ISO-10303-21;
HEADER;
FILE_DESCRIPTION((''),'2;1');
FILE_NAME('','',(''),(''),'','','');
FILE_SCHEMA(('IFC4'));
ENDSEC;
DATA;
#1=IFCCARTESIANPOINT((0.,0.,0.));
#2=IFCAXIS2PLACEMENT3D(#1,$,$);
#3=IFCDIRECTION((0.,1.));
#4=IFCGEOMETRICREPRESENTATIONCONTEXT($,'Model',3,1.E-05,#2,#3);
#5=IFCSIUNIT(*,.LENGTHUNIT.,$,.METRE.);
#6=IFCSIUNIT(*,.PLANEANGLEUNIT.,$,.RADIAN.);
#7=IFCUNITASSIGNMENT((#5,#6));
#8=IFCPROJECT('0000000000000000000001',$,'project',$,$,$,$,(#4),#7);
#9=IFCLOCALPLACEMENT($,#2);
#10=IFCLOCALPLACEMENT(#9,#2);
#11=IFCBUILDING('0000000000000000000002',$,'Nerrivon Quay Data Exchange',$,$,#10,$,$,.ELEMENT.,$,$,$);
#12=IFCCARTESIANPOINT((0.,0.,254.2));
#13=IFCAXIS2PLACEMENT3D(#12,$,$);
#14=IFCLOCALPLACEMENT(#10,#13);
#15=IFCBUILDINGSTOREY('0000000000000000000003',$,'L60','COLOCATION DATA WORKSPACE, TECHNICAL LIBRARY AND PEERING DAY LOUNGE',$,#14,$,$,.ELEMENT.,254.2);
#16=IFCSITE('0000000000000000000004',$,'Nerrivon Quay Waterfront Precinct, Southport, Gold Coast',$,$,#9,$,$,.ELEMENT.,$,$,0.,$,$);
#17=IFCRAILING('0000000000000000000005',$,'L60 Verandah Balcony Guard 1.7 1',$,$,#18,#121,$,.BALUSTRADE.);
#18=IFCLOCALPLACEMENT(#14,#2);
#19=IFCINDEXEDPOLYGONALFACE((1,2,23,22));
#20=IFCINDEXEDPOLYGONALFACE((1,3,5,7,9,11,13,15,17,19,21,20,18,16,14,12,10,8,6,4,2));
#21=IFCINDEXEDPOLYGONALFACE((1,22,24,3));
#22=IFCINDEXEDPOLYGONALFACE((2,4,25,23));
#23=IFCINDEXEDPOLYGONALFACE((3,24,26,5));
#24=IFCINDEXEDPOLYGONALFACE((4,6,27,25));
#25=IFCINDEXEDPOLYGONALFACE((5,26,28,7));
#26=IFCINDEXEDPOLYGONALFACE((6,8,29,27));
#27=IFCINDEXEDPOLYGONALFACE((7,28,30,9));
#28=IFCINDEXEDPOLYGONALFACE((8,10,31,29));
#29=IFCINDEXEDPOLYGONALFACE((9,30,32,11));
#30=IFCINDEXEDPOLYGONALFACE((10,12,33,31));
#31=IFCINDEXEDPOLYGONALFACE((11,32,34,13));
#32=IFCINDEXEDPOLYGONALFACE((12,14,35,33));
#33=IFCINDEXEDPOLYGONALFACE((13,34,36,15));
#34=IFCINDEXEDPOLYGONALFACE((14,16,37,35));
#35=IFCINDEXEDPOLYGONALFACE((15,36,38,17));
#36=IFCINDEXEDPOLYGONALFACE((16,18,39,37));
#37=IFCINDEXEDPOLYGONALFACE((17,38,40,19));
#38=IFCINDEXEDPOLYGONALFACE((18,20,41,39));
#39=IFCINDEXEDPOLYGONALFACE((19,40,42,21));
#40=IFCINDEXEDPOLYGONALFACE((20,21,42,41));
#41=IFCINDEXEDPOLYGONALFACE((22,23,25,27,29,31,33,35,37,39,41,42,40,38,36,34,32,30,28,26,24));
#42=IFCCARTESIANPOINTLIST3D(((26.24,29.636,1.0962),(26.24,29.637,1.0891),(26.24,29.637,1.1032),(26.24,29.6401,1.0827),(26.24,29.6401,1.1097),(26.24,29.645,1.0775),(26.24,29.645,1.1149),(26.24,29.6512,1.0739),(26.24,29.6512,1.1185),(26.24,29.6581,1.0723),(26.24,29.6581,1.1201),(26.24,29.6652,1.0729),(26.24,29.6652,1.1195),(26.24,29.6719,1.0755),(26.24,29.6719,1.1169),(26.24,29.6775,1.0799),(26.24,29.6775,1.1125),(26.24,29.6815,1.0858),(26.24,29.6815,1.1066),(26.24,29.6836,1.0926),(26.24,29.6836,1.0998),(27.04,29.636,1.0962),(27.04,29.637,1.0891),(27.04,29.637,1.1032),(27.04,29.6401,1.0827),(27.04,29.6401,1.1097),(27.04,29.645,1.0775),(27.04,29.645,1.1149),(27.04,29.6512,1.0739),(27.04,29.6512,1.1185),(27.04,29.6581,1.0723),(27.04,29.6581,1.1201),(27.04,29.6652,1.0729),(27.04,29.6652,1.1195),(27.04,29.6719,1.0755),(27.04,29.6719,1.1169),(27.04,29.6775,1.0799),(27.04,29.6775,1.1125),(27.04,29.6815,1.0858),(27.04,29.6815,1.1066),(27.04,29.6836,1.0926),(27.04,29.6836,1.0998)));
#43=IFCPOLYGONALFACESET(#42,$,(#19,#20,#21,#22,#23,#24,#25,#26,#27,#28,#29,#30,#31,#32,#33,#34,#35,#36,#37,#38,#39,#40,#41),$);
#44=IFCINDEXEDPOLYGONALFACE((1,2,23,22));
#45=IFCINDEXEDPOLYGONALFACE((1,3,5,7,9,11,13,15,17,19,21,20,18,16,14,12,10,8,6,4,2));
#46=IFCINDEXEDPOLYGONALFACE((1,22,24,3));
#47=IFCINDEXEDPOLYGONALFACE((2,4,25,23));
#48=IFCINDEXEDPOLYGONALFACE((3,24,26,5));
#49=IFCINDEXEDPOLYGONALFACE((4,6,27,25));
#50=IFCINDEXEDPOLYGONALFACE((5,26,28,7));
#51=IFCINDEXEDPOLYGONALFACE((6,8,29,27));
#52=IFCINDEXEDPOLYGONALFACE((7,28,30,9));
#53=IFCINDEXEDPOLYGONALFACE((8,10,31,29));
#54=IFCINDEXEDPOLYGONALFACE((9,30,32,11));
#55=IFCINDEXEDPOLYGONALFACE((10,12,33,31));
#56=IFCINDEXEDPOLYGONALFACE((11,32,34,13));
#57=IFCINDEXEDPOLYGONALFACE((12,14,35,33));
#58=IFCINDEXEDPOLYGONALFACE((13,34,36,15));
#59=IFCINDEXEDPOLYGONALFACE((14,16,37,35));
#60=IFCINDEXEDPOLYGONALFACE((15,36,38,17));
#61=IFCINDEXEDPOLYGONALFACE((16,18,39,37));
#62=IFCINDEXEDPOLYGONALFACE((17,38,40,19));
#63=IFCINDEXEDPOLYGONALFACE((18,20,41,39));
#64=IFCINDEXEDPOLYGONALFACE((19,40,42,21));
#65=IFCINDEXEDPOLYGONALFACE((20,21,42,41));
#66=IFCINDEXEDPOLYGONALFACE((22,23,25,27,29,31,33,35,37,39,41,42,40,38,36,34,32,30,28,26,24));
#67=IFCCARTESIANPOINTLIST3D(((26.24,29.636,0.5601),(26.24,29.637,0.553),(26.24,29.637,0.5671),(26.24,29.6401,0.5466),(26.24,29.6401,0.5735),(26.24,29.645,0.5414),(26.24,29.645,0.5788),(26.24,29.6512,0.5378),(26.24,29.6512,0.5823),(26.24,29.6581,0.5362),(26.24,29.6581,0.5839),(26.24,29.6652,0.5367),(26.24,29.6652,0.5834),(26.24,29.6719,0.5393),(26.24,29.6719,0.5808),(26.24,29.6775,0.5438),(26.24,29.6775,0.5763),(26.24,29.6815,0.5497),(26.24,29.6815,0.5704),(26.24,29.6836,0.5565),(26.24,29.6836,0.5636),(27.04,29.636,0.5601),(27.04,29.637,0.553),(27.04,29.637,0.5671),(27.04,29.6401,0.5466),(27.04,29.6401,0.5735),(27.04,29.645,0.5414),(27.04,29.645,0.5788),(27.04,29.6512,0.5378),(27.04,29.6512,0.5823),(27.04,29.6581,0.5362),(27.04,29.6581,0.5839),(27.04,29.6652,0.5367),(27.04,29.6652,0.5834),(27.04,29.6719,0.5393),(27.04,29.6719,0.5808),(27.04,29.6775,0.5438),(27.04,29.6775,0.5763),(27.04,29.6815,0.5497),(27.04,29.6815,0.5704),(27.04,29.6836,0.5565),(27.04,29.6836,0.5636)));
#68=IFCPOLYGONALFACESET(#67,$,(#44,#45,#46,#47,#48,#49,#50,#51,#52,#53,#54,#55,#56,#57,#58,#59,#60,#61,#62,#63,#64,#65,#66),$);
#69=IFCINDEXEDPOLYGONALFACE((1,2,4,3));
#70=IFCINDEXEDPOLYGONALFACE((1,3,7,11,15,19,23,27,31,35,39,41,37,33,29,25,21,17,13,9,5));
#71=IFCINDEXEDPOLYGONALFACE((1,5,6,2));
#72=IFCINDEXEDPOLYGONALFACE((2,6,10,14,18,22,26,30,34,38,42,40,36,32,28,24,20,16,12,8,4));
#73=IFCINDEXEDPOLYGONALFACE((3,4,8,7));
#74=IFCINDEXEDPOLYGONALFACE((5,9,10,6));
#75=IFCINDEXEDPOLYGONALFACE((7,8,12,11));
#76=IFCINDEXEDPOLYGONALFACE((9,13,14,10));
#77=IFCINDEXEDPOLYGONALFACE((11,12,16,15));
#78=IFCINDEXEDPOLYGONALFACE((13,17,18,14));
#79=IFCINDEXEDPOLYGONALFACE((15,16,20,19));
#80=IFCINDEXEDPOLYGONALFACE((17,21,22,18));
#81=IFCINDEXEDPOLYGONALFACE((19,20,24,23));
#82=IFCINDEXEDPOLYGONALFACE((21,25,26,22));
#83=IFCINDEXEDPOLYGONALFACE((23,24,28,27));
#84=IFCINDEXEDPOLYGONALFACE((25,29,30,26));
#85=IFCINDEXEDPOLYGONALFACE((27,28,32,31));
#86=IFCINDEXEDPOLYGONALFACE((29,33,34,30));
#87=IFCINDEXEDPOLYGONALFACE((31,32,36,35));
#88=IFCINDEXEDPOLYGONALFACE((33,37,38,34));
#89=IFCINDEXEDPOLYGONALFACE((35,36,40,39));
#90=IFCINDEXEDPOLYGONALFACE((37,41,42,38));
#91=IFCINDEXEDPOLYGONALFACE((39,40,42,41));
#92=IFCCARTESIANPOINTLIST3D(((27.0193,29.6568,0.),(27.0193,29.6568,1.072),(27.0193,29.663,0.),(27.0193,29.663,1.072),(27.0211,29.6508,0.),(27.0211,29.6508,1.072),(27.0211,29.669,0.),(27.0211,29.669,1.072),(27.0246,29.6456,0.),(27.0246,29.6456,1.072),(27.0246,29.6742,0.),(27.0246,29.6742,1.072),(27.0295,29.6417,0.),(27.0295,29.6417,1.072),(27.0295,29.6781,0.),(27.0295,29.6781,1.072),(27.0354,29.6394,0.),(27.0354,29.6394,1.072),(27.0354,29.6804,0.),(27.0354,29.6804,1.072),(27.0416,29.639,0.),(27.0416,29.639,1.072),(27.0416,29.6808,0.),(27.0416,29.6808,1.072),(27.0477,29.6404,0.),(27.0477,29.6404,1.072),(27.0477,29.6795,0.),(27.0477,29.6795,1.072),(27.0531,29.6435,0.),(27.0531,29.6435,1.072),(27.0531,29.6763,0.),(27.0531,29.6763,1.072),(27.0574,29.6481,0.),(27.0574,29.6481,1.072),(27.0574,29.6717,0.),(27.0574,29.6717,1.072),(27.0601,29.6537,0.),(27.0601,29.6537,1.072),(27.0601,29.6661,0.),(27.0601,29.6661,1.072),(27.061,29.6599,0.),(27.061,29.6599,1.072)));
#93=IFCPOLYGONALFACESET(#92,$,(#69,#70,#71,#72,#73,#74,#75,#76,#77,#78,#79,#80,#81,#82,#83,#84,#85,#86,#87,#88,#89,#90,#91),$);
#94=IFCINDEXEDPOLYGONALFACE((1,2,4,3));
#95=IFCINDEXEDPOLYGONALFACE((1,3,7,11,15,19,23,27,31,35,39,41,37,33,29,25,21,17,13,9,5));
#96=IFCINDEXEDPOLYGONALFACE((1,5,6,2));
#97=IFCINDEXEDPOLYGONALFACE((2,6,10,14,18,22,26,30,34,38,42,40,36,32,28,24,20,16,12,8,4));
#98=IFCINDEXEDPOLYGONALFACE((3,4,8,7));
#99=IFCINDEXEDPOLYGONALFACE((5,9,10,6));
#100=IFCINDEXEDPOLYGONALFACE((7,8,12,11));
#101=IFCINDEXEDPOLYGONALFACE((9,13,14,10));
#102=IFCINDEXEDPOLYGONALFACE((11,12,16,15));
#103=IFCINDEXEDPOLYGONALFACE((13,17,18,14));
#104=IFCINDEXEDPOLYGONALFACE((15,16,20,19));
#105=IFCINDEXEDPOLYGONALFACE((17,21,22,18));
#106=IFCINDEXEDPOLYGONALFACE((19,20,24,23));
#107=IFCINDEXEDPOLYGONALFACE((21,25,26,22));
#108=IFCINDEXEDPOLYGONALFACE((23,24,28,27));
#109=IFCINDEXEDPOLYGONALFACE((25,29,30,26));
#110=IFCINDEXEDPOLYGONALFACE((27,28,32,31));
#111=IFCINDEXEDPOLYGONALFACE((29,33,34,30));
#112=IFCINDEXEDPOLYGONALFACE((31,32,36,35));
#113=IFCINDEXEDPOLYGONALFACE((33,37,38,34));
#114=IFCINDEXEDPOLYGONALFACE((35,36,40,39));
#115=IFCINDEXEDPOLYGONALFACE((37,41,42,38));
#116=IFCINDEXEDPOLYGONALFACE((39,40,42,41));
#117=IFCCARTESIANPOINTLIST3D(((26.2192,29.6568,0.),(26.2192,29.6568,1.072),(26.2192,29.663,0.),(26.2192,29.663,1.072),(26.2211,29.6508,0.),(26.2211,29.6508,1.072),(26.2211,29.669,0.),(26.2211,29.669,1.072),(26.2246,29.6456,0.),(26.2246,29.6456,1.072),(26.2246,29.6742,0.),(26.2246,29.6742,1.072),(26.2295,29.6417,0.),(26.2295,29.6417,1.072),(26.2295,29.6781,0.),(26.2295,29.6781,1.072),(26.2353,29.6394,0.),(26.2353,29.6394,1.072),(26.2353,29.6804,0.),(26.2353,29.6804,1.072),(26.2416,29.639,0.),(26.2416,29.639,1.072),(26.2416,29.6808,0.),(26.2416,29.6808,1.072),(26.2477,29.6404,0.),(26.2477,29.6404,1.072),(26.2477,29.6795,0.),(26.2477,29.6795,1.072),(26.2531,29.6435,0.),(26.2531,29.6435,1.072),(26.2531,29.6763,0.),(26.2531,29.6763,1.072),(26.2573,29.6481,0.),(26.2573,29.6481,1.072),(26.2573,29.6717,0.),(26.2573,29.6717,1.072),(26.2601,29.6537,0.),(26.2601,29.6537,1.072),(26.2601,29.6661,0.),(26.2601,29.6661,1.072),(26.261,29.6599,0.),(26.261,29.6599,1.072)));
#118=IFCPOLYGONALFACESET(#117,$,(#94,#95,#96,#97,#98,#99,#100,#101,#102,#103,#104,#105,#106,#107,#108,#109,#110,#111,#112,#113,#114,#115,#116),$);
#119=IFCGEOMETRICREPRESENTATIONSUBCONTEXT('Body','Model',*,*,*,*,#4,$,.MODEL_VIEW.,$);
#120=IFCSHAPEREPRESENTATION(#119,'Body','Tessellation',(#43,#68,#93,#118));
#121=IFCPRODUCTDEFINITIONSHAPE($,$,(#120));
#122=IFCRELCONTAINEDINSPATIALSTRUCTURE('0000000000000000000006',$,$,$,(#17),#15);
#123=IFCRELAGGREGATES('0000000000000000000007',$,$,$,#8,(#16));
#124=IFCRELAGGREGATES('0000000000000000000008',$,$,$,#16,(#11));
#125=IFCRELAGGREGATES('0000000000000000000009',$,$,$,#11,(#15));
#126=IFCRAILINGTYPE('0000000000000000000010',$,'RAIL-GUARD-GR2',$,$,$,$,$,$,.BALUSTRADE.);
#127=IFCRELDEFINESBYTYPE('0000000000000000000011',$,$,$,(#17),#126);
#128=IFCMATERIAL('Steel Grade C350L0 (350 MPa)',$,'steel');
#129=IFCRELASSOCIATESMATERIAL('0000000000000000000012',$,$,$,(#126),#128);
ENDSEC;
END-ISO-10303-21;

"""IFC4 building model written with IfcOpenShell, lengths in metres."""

from ifc_helpers import new_model, si_unit, direction, frame, origin, origin_2d, place, context, subcontext, project, spatial, circle, extrude, material, type_object, element, save


model = new_model("IFC4")

# Units and contexts
model_context = context("Model", 3, precision=1e-05, world=origin(), true_north=direction((0.0, 1.0)))
body_context = subcontext(model_context, "Body", "Model", "MODEL_VIEW")
ifc_project = project(units=[si_unit("LENGTHUNIT", "METRE"), si_unit("PLANEANGLEUNIT", "RADIAN")], contexts=[model_context])

# Site, building, storey
site_placement = place(None, origin())
site = spatial("IfcSite", under=ifc_project, at=site_placement, Name="Nerrivon Quay Waterfront Precinct, Southport, Gold Coast", CompositionType="ELEMENT", RefElevation=0.0)
building_placement = place(site_placement, origin())
building = spatial("IfcBuilding", under=site, at=building_placement, Name="Nerrivon Quay Data Exchange", CompositionType="ELEMENT")
storey_placement = place(building_placement, frame((0.0, 0.0, 254.2)))
storey = spatial("IfcBuildingStorey", under=building, at=storey_placement, Name="L60", Description="COLOCATION DATA WORKSPACE, TECHNICAL LIBRARY AND PEERING DAY LOUNGE", CompositionType="ELEMENT", Elevation=254.2)

# Shared definitions
ifc_material_1 = material(Name="Steel Grade C350L0 (350 MPa)", Category="steel")

# Railing
railing_type = type_object("IfcRailingType", Name="RAIL-GUARD-GR2", PredefinedType="BALUSTRADE", material=ifc_material_1)
railing_1_placement = place(storey_placement, frame((27.04, 29.6599, 0.0)))
element("IfcRailing", 1, at=railing_1_placement, inside=storey, type_object=railing_type, Name="L60 Verandah Balcony Guard 1.7 1", PredefinedType="BALUSTRADE", context=body_context, shape_type="SweptSolid", body=[
    extrude(circle(Radius=0.0239, at=origin_2d()), frame((0.0, 0.0, 1.0962), z_axis=(-1.0, 0.0, 0.0), x_axis=(0.0, -1.0, 0.0)), (0.0, 0.0, 1.0), 0.8),
    extrude(circle(Radius=0.0239, at=origin_2d()), frame((0.0, 0.0, 0.5601), z_axis=(-1.0, 0.0, 0.0), x_axis=(0.0, -1.0, 0.0)), (0.0, 0.0, 1.0), 0.8),
    extrude(circle(Radius=0.021, at=origin_2d()), origin(), (0.0, 0.0, 1.0), 1.072),
    extrude(circle(Radius=0.021, at=origin_2d()), frame((-0.8, 0.0, 0.0)), (0.0, 0.0, 1.0), 1.072),
])

save(model, "model.ifc")
